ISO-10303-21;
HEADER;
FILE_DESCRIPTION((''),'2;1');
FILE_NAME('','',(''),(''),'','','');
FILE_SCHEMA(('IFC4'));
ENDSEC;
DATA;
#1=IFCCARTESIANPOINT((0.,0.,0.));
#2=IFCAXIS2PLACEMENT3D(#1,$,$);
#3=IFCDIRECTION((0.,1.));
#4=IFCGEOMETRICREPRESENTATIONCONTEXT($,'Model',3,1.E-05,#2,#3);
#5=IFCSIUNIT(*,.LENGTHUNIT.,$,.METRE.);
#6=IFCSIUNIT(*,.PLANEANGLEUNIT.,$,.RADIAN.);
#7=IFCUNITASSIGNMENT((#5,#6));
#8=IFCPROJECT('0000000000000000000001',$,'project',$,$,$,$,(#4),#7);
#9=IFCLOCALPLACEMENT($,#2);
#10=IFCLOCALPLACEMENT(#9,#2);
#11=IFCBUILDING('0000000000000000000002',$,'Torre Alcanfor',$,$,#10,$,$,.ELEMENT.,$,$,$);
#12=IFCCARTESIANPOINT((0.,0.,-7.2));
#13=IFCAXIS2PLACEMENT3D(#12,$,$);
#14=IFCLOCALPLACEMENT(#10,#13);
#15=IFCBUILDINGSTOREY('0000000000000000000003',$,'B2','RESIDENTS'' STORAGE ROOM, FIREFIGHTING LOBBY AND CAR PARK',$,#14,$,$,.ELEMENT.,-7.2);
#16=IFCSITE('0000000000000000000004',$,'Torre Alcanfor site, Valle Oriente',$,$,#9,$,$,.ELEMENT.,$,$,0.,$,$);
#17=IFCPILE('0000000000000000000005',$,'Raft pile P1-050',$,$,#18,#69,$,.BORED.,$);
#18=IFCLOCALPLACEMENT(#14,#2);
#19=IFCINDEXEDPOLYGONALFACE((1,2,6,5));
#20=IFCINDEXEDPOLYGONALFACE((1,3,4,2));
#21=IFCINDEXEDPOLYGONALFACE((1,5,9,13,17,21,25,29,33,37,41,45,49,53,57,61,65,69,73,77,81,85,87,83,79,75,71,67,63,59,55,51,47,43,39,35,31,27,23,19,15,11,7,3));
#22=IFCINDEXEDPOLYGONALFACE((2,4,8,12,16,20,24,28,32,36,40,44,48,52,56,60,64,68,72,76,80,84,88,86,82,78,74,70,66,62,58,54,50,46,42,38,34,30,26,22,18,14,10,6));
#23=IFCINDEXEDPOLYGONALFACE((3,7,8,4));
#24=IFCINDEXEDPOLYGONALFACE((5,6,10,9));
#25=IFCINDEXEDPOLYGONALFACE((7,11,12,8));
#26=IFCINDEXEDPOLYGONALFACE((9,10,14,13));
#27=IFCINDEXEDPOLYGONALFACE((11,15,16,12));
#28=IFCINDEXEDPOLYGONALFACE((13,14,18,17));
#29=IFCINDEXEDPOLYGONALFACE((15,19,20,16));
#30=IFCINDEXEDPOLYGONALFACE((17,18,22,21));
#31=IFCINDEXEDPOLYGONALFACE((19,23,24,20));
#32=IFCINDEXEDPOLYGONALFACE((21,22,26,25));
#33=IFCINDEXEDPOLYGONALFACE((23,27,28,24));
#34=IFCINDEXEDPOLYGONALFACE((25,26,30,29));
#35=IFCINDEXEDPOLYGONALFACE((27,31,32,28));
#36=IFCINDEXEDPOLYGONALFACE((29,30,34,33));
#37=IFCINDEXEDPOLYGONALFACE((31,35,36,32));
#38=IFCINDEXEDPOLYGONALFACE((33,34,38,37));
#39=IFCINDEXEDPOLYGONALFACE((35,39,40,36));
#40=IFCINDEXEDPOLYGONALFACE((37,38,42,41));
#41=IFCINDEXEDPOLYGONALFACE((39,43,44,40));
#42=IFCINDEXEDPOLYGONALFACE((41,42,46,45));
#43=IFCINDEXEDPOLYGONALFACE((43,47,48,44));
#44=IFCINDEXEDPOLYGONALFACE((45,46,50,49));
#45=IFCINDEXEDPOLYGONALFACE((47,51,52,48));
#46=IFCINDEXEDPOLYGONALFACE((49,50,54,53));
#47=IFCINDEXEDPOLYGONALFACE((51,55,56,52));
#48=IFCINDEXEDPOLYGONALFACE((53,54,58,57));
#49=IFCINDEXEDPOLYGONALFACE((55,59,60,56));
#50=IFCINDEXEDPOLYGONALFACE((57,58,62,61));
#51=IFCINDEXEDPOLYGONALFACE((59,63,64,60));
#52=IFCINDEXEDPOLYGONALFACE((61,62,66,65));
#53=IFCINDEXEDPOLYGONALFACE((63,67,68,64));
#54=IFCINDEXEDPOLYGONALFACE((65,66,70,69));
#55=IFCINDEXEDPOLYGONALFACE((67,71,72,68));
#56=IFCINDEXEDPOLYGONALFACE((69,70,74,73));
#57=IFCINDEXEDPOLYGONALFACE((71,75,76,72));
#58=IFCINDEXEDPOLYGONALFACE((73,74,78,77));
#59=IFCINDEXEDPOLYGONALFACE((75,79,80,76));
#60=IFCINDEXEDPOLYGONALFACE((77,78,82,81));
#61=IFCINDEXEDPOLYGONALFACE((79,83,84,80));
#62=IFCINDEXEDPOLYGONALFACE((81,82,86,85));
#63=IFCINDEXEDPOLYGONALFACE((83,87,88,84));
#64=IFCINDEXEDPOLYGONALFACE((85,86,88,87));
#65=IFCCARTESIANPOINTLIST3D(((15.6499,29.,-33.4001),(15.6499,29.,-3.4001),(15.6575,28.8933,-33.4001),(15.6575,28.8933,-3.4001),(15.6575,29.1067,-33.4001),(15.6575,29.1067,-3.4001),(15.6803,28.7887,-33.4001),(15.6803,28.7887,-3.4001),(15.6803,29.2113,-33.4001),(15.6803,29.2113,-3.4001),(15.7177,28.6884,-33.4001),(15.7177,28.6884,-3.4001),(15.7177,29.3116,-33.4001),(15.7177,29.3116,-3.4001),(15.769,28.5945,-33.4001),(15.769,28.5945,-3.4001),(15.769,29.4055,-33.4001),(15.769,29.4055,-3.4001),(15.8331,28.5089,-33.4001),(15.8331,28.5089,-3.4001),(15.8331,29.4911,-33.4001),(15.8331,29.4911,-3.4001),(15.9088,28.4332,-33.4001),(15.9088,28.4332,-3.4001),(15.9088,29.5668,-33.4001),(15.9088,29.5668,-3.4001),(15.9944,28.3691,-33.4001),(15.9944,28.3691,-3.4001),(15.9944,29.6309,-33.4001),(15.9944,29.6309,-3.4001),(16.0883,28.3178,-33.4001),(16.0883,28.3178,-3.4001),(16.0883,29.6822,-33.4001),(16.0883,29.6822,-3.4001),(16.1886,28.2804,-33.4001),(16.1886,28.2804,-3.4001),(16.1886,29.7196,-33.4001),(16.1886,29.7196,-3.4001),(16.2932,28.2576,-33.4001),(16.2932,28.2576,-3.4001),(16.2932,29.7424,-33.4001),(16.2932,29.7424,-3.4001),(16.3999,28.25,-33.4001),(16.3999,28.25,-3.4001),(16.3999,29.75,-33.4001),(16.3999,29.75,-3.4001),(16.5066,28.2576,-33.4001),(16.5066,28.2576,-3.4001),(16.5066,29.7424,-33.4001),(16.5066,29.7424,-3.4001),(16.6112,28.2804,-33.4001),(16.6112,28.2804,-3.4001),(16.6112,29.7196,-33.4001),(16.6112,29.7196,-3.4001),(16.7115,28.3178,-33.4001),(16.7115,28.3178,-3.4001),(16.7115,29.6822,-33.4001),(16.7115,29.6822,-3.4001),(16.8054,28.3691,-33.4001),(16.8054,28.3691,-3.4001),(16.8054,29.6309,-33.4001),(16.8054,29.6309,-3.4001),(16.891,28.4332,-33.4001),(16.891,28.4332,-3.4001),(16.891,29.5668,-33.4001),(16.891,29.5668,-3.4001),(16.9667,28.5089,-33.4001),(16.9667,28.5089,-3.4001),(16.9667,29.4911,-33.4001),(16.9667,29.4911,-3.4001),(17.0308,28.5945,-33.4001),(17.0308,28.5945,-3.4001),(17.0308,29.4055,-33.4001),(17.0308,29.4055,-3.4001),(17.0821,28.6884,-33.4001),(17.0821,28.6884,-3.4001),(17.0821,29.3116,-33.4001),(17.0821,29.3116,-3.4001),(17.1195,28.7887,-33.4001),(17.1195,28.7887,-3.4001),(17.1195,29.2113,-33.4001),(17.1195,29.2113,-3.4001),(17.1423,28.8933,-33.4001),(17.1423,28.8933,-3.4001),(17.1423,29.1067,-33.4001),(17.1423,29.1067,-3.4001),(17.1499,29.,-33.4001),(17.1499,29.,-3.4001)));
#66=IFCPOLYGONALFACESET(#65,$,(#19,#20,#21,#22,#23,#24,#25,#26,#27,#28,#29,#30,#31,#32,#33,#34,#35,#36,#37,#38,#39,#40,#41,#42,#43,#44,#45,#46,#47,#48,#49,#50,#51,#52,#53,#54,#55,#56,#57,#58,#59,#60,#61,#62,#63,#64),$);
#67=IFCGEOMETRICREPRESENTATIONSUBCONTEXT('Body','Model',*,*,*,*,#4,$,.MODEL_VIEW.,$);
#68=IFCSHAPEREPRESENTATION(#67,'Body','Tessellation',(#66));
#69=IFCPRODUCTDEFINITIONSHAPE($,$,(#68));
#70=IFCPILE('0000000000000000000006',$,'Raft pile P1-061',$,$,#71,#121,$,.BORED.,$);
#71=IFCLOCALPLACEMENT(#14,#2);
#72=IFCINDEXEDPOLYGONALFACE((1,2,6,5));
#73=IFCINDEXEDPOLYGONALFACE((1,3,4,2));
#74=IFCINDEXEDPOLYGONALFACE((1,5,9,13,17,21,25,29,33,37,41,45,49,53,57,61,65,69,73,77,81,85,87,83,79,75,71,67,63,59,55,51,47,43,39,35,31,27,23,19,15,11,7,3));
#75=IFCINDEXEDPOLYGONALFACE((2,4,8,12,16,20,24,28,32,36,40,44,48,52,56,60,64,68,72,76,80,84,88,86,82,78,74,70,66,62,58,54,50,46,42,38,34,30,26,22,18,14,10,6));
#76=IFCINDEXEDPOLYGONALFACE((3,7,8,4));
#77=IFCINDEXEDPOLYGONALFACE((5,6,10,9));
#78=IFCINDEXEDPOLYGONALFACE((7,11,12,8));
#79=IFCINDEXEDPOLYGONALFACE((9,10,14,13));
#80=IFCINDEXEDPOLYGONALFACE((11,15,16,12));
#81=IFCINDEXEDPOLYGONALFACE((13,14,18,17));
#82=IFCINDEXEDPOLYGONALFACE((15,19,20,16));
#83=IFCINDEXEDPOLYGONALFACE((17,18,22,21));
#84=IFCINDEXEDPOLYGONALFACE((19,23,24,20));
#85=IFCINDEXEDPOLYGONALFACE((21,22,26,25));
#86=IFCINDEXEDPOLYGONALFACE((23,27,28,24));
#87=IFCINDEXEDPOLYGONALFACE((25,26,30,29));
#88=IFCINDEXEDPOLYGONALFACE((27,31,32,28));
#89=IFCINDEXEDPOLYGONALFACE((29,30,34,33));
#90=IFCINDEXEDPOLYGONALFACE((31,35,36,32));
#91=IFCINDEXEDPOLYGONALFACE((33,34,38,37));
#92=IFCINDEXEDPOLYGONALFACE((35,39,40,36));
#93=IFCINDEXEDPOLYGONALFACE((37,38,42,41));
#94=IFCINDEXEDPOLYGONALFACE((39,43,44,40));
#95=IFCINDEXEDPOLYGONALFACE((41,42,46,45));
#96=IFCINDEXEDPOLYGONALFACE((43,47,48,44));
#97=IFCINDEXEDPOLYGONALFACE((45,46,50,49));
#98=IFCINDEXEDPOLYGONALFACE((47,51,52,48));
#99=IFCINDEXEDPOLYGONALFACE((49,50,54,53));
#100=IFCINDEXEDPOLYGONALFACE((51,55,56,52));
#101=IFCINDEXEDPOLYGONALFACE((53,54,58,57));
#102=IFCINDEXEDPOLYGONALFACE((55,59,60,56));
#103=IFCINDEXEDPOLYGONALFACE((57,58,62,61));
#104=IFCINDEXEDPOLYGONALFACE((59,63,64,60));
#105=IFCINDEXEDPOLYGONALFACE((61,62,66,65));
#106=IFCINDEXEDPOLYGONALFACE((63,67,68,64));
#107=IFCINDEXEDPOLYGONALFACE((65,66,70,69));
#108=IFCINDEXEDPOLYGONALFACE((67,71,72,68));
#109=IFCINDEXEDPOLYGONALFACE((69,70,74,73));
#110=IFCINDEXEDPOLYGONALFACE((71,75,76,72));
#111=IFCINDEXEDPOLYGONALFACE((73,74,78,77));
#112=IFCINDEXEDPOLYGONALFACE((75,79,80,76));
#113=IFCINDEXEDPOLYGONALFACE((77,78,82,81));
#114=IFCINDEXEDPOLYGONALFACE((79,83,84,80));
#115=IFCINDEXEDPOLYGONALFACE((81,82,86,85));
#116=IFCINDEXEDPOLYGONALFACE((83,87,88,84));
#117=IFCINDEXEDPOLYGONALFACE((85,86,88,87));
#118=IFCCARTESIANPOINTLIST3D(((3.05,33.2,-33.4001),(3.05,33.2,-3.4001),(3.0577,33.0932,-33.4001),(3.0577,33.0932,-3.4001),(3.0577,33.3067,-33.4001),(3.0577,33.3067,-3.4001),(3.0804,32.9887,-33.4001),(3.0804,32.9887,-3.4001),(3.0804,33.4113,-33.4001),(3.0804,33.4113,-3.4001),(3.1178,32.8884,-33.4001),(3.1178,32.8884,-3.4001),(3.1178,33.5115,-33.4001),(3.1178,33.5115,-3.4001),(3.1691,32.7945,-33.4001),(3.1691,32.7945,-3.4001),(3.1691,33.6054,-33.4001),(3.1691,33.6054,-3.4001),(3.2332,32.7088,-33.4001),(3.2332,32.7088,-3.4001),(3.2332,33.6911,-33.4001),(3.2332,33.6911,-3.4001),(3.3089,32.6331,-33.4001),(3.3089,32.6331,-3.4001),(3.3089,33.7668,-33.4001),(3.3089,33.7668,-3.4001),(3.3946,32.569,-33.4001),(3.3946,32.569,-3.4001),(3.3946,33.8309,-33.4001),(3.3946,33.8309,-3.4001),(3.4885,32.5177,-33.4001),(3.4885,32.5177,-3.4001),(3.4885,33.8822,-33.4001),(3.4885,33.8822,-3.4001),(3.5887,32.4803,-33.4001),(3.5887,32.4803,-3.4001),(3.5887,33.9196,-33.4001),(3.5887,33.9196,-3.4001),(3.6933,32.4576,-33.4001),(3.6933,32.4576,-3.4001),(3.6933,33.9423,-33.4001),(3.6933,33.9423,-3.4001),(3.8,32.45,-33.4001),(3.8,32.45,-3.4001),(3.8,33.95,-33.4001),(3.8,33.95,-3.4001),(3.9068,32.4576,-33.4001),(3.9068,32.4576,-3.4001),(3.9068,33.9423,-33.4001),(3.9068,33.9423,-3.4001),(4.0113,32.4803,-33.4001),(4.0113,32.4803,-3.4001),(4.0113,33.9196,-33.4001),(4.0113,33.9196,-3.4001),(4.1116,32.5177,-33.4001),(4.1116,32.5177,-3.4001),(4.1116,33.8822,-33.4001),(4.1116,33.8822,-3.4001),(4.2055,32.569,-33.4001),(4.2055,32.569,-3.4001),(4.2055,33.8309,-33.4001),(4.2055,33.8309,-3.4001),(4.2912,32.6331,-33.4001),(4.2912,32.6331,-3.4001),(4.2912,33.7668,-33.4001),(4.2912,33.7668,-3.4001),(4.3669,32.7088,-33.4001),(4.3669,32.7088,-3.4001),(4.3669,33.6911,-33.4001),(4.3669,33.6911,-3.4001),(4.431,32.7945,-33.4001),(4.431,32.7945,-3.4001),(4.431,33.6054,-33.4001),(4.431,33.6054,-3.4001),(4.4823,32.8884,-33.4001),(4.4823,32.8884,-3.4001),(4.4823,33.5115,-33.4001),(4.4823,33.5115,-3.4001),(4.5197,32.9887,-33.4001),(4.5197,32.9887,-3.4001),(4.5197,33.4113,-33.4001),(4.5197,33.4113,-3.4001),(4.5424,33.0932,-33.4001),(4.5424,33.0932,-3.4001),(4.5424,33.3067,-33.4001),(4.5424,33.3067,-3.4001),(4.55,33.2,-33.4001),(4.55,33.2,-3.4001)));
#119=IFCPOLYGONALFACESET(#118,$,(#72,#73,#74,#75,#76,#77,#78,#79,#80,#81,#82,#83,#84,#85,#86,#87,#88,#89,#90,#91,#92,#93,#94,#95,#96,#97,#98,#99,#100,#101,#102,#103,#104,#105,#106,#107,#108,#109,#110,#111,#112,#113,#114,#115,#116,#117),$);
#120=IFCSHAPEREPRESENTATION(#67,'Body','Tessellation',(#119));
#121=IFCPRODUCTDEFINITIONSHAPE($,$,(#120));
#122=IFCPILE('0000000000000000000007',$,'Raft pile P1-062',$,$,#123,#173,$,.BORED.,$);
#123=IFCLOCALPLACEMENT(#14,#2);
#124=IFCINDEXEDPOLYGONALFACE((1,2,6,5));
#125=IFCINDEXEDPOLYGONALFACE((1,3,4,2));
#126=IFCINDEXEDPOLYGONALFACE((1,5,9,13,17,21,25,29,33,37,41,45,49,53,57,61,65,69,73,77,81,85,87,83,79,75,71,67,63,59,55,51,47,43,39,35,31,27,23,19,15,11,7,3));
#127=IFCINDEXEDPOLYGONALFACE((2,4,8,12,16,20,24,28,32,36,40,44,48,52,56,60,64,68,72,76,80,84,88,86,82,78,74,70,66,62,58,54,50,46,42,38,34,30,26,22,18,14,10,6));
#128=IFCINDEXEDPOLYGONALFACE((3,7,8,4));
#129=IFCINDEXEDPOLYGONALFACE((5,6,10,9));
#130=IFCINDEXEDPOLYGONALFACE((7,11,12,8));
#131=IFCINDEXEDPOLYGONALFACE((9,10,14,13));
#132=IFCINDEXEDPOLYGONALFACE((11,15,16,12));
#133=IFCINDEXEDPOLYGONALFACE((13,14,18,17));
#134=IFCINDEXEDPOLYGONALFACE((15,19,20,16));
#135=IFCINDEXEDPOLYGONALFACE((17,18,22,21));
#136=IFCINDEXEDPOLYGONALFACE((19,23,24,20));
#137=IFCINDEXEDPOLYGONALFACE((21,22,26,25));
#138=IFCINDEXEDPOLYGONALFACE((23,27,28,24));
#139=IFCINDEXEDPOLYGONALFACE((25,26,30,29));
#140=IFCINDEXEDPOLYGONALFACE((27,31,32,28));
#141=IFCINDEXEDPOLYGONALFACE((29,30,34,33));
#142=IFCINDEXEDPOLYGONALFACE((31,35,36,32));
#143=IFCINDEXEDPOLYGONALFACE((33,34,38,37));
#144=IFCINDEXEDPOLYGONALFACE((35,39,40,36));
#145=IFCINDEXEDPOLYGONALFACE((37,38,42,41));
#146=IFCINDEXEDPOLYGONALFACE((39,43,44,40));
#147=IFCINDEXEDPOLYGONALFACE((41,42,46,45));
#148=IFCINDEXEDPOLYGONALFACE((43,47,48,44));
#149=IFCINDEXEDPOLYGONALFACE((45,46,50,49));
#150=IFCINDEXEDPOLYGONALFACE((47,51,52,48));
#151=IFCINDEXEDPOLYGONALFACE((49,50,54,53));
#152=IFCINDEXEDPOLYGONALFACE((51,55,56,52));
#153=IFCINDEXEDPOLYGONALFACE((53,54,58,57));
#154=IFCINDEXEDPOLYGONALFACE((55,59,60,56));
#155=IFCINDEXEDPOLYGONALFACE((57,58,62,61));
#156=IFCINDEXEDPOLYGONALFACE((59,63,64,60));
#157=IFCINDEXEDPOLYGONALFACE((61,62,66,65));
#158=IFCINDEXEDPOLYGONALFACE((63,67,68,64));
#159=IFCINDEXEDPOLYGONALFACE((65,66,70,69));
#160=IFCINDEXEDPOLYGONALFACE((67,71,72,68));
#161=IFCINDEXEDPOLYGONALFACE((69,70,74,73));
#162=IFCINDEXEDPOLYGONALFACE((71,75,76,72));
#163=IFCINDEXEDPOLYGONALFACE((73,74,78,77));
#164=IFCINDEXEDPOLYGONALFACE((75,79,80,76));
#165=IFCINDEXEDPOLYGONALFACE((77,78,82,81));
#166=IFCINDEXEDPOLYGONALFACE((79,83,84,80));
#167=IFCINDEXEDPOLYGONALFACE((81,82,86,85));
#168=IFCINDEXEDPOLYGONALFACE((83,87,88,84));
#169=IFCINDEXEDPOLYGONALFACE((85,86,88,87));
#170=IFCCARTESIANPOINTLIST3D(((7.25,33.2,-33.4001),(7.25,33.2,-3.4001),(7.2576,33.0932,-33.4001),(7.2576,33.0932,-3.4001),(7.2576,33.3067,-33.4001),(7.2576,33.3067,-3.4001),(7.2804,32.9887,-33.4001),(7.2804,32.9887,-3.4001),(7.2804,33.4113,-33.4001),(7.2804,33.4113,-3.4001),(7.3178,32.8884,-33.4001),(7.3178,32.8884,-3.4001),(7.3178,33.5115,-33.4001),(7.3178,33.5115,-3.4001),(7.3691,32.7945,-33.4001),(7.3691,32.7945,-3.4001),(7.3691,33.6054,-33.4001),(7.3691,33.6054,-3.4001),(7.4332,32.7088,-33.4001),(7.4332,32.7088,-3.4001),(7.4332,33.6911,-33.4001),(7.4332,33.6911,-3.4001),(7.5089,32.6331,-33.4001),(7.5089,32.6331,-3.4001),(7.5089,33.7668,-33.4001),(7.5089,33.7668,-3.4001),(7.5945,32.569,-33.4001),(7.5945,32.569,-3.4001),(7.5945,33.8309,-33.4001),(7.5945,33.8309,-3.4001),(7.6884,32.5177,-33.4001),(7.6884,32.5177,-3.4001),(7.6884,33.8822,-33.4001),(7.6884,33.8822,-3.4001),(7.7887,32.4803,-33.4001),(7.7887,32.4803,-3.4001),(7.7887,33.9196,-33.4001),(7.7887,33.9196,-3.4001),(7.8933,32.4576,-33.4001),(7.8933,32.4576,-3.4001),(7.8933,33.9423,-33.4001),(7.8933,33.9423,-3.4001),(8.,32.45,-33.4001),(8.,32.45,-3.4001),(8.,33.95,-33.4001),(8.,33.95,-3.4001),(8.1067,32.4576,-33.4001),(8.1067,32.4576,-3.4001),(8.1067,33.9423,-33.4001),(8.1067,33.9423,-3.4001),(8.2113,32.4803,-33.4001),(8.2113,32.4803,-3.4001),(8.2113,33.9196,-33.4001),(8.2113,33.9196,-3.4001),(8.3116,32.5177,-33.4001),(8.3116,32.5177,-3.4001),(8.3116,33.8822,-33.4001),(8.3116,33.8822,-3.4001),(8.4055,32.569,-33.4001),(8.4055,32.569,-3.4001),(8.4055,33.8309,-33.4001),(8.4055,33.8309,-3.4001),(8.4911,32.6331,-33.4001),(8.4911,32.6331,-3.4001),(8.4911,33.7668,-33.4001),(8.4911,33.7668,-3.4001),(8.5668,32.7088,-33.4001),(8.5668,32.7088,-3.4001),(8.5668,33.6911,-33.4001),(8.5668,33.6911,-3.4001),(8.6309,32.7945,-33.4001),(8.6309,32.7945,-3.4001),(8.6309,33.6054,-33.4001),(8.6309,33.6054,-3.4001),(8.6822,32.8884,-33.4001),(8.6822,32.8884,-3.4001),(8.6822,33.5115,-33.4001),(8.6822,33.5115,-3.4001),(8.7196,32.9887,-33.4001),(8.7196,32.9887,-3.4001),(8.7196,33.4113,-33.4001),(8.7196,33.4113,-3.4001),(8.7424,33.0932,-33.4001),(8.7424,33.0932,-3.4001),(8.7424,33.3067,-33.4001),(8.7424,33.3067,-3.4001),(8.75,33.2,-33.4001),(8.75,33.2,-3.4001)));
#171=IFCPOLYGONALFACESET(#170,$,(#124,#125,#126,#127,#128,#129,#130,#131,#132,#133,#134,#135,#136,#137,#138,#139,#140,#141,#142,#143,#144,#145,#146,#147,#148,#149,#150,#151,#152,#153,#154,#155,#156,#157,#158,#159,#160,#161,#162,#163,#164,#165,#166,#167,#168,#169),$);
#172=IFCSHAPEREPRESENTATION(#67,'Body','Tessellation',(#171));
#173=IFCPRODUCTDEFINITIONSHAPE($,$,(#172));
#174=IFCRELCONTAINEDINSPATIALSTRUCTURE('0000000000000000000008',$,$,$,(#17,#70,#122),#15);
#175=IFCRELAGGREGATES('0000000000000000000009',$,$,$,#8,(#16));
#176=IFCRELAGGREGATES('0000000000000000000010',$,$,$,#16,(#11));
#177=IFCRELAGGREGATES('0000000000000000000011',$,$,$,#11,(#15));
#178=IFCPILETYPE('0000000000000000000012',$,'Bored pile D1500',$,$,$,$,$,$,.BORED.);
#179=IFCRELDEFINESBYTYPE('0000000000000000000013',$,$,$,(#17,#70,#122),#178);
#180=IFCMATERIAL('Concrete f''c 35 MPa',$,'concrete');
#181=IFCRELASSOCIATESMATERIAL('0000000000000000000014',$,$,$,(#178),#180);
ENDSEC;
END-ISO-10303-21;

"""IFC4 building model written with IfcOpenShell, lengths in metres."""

from ifc_helpers import new_model, si_unit, direction, frame, origin, origin_2d, place, context, subcontext, project, spatial, circle, extrude, material, material_profile, profile_set, type_object, element, save


model = new_model("IFC4")

# Units and contexts
model_context = context("Model", 3, precision=1e-05, world=origin(), true_north=direction((0.0, 1.0)))
body_context = subcontext(model_context, "Body", "Model", "MODEL_VIEW")
ifc_project = project(units=[si_unit("LENGTHUNIT", "METRE"), si_unit("PLANEANGLEUNIT", "RADIAN")], contexts=[model_context])

# Site, building, storey
site_placement = place(None, origin())
site = spatial("IfcSite", under=ifc_project, at=site_placement, Name="Torre Alcanfor site, Valle Oriente", CompositionType="ELEMENT", RefElevation=0.0)
building_placement = place(site_placement, origin())
building = spatial("IfcBuilding", under=site, at=building_placement, Name="Torre Alcanfor", CompositionType="ELEMENT")
storey_placement = place(building_placement, frame((0.0, 0.0, -7.2)))
storey = spatial("IfcBuildingStorey", under=building, at=storey_placement, Name="B2", Description="RESIDENTS' STORAGE ROOM, FIREFIGHTING LOBBY AND CAR PARK", CompositionType="ELEMENT", Elevation=-7.2)

# Piles
ifc_material_1 = material(Name="Concrete f'c 35 MPa", Category="concrete")
ifc_material_profile_1 = material_profile(ifc_material_1, circle(Radius=0.75, at=origin_2d()), Name="D1500")
ifc_profile_set_1 = profile_set([ifc_material_profile_1], Name="Concrete f'c 35 MPa")
pile_type = type_object("IfcPileType", Name="Bored pile D1500", PredefinedType="BORED", material=ifc_profile_set_1)
for number, where, z_axis, x_axis, name in (
    (1, (16.3999, 29.0, -3.4001), (0.0, 0.0, -1.0), (1.0, 0.0, 0.0), "Raft pile P1-050"),
    (2, (3.8, 33.2, -3.4001), (0.0, 0.0, -1.0), (1.0, 0.0, 0.0), "Raft pile P1-061"),
    (3, (8.0, 33.2, -3.4001), (0.0, 0.0, -1.0), (1.0, 0.0, 0.0), "Raft pile P1-062"),
):
    element("IfcPile", number, at=place(storey_placement, frame(where, z_axis=z_axis, x_axis=x_axis)), inside=storey, type_object=pile_type, Name=name, PredefinedType="BORED", context=body_context, shape_type="SweptSolid", body=[
        extrude(circle(Radius=0.75, at=origin_2d()), origin(), (0.0, 0.0, 1.0), 30.0),
    ])

save(model, "model.ifc")
